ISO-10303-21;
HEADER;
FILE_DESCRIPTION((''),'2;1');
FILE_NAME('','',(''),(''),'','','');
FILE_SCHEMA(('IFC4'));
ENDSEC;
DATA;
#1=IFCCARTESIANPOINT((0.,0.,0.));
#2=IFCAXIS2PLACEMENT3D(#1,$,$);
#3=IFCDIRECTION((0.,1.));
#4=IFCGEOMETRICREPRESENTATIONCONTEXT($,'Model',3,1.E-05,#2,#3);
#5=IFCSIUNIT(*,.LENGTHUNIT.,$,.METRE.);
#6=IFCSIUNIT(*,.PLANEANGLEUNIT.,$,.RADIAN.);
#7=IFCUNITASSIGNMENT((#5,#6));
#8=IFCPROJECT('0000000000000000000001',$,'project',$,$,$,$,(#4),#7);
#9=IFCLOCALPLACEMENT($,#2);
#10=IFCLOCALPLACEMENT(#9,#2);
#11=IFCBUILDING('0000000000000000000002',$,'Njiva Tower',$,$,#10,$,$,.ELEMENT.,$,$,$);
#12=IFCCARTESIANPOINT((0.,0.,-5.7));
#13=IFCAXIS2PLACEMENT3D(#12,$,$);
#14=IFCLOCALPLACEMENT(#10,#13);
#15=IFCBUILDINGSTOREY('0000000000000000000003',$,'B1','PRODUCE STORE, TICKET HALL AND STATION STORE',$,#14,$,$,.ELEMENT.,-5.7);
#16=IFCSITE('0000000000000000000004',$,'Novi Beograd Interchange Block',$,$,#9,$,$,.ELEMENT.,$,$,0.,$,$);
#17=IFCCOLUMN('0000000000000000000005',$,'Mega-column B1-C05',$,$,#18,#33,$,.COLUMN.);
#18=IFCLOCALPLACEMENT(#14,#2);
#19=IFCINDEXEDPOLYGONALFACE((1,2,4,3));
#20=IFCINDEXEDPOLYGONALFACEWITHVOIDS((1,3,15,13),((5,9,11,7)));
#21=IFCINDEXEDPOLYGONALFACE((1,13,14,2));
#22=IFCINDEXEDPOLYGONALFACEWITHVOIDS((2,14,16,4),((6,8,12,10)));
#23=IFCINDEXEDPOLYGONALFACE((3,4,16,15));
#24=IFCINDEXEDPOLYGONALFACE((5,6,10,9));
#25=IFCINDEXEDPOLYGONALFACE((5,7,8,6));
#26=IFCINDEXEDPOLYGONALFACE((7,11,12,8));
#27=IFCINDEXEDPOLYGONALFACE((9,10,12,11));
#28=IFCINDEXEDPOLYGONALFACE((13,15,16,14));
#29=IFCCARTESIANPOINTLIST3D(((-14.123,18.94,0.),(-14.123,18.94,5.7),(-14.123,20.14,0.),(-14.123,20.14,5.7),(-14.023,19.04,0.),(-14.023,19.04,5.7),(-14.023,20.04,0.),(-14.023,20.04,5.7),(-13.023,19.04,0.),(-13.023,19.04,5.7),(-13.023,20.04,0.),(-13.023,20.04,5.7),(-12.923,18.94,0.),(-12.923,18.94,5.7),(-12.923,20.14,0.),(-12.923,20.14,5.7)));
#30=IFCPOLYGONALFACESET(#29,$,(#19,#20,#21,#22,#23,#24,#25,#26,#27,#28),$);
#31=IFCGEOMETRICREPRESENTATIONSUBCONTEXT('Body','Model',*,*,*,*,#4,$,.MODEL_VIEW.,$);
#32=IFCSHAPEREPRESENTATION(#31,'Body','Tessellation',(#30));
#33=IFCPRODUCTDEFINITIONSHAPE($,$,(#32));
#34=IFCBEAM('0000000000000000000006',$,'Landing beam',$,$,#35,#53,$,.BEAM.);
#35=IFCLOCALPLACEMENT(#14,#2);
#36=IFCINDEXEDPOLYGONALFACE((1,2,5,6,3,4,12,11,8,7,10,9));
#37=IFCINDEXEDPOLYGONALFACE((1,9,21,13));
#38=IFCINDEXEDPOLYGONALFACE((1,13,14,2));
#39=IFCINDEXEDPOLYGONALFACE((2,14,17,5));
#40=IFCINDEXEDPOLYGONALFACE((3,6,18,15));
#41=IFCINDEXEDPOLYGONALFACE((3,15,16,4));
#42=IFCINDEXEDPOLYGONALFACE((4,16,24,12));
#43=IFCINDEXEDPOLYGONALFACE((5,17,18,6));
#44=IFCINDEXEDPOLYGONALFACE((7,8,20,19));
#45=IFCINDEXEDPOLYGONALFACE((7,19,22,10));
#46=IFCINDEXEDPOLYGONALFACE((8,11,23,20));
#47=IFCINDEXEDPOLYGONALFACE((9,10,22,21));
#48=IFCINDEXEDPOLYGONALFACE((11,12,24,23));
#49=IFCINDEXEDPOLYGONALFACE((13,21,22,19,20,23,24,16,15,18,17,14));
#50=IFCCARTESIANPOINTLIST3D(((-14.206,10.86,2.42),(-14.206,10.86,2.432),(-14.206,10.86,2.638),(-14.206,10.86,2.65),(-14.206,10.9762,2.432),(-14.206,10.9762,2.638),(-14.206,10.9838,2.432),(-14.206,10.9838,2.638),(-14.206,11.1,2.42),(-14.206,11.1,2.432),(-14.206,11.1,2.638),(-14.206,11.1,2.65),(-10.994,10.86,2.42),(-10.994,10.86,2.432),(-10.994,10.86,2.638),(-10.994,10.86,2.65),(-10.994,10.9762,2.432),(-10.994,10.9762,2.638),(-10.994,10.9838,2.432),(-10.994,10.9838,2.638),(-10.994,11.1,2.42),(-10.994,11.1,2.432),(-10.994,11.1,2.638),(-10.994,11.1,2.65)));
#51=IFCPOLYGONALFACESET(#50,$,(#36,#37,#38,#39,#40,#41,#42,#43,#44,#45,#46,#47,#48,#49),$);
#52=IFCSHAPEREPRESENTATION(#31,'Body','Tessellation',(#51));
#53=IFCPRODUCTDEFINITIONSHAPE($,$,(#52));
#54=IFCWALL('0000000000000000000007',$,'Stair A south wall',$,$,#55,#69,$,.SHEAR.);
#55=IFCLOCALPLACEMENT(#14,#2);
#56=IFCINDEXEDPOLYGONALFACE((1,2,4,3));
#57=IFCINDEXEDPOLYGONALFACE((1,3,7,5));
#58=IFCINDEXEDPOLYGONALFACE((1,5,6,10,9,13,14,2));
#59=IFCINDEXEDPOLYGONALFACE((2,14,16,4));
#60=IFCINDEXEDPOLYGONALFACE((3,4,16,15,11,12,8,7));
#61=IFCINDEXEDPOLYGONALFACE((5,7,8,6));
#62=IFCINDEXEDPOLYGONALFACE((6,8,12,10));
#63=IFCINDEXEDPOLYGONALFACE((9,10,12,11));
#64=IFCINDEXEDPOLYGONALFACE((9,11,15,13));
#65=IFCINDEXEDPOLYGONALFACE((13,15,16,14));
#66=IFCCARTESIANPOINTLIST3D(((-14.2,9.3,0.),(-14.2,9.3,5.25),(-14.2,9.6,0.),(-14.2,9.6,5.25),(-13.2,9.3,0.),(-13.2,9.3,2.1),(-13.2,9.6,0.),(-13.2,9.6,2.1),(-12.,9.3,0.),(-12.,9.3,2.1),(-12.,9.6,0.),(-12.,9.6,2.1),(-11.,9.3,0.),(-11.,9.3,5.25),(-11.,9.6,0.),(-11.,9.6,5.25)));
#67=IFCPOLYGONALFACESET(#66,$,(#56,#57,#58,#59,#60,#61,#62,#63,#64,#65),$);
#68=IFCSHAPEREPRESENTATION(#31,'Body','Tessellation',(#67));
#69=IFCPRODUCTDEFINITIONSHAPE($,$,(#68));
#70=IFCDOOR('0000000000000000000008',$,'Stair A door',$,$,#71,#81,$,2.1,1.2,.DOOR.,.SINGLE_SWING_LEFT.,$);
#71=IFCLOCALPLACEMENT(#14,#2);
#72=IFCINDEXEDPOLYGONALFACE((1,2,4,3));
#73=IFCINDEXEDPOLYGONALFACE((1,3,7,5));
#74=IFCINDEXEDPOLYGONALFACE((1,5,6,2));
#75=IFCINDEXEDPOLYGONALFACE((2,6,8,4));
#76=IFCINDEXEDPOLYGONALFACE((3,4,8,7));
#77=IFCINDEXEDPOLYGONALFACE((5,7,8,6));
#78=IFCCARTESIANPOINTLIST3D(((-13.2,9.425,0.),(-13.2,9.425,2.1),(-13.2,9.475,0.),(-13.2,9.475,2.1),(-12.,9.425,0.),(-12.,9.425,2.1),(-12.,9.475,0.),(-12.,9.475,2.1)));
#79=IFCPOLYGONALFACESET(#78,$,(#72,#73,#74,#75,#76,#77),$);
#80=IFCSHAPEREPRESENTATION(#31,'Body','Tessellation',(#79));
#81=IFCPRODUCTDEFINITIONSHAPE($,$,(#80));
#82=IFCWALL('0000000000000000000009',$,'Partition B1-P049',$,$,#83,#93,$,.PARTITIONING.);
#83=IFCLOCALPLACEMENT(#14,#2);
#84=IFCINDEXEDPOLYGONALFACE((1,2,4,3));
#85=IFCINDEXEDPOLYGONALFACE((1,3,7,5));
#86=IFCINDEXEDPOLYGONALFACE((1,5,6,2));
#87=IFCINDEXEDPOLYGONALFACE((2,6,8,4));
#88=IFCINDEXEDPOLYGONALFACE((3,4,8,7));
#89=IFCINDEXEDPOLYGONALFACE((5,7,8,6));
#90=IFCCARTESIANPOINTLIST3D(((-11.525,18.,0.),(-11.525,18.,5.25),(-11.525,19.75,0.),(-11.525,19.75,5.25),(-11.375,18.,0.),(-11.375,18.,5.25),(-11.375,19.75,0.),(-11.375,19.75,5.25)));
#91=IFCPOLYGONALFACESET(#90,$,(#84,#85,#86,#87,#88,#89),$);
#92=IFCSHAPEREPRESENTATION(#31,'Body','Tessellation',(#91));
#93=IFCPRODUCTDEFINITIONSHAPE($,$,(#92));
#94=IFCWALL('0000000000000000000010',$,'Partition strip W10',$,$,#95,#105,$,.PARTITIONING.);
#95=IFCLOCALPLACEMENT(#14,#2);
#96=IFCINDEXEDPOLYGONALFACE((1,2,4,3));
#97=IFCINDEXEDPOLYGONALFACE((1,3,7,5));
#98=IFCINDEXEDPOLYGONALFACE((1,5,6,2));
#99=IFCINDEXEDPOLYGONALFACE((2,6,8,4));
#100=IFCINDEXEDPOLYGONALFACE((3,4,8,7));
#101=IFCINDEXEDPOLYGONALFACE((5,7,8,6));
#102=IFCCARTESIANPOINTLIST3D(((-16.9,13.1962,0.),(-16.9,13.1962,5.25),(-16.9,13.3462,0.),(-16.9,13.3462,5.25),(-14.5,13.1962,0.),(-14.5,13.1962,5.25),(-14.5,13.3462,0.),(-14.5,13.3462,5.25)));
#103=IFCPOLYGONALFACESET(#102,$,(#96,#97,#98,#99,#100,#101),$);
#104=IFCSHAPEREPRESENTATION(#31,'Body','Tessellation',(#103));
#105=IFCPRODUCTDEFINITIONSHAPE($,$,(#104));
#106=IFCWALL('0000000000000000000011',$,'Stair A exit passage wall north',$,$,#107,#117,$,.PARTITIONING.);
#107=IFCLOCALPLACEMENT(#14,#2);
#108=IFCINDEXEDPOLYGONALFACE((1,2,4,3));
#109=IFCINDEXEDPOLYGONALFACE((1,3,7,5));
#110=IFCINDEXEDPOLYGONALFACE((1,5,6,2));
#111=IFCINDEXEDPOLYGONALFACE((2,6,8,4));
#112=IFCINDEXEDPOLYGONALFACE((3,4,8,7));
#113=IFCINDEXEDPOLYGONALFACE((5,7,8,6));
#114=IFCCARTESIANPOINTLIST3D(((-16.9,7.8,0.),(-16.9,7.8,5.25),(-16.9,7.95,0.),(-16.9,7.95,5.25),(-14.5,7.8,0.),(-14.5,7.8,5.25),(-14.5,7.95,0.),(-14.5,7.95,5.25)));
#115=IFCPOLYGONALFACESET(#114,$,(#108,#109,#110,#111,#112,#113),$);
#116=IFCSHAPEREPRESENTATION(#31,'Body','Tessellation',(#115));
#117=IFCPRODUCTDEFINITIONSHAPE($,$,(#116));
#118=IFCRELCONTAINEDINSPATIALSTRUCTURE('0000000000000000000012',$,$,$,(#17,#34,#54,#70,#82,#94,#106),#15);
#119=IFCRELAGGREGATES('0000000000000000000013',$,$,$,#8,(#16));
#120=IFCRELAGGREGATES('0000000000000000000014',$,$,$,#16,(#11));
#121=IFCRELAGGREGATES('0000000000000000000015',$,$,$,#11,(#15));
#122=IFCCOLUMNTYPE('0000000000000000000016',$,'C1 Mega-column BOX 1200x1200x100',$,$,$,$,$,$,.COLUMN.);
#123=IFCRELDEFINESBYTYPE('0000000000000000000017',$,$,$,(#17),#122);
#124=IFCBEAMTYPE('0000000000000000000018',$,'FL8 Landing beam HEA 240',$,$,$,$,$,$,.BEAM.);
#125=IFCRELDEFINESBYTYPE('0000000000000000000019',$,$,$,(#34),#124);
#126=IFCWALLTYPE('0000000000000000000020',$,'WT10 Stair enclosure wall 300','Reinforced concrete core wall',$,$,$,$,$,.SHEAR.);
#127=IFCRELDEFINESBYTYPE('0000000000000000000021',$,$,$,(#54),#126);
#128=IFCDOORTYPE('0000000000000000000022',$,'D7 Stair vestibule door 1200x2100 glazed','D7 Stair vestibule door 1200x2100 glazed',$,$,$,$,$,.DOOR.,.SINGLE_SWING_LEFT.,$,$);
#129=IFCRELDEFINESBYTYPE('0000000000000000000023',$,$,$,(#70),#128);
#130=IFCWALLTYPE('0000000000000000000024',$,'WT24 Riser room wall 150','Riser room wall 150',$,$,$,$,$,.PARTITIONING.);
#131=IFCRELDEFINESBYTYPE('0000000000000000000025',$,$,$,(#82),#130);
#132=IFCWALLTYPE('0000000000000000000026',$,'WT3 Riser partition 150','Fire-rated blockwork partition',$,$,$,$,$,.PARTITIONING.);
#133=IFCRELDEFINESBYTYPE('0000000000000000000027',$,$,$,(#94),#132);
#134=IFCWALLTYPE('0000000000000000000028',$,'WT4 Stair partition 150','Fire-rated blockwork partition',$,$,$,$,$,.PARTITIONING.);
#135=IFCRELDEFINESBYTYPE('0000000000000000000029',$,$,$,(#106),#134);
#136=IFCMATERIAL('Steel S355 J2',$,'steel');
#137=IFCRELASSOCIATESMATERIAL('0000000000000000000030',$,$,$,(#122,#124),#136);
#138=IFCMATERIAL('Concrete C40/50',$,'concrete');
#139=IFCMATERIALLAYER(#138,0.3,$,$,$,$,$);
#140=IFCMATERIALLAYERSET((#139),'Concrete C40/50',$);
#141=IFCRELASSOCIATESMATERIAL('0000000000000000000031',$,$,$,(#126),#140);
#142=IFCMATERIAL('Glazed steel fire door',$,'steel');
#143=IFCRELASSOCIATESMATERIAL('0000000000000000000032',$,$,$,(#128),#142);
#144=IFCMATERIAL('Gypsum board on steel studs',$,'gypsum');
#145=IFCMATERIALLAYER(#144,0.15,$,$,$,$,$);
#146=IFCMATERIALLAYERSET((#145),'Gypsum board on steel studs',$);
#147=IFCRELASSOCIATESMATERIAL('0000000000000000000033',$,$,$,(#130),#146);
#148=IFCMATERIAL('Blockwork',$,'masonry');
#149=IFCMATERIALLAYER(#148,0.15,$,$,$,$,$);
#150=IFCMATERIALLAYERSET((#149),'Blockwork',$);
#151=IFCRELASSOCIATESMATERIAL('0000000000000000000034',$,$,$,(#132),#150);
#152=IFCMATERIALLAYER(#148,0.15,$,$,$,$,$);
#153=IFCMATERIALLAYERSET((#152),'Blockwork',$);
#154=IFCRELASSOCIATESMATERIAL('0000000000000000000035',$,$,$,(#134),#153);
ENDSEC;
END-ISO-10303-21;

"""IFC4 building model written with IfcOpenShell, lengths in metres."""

from ifc_helpers import new_model, si_unit, direction, frame, frame_2d, origin, origin_2d, place, context, subcontext, project, spatial, rectangle, hollow_rectangle, i_section, extrude, material, layer, layer_set, material_profile, profile_set, type_object, element, fill, save


model = new_model("IFC4")

# Units and contexts
model_context = context("Model", 3, precision=1e-05, world=origin(), true_north=direction((0.0, 1.0)))
body_context = subcontext(model_context, "Body", "Model", "MODEL_VIEW")
ifc_project = project(units=[si_unit("LENGTHUNIT", "METRE"), si_unit("PLANEANGLEUNIT", "RADIAN")], contexts=[model_context])

# Site, building, storey
site_placement = place(None, origin())
site = spatial("IfcSite", under=ifc_project, at=site_placement, Name="Novi Beograd Interchange Block", CompositionType="ELEMENT", RefElevation=0.0)
building_placement = place(site_placement, origin())
building = spatial("IfcBuilding", under=site, at=building_placement, Name="Njiva Tower", CompositionType="ELEMENT")
storey_placement = place(building_placement, frame((0.0, 0.0, -5.7)))
storey = spatial("IfcBuildingStorey", under=building, at=storey_placement, Name="B1", Description="PRODUCE STORE, TICKET HALL AND STATION STORE", CompositionType="ELEMENT", Elevation=-5.7)

# Column
ifc_material_1 = material(Name="Steel S355 J2", Category="steel")
ifc_material_profile_1 = material_profile(ifc_material_1, hollow_rectangle(XDim=1.2, YDim=1.2, WallThickness=0.1, at=origin_2d()), Name="BOX 1200x1200x100")
ifc_profile_set_1 = profile_set([ifc_material_profile_1], Name="Steel S355 J2")
column_type = type_object("IfcColumnType", Name="C1 Mega-column BOX 1200x1200x100", PredefinedType="COLUMN", material=ifc_profile_set_1)
column_placement = place(storey_placement, frame((-13.523, 19.54, 0.0), z_axis=(0.0, 0.0, 1.0), x_axis=(-1.0, 0.0, 0.0)))
element("IfcColumn", 1, at=column_placement, inside=storey, type_object=column_type, Name="Mega-column B1-C05", PredefinedType="COLUMN", context=body_context, shape_type="SweptSolid", body=[
    extrude(hollow_rectangle(XDim=1.2, YDim=1.2, WallThickness=0.1, at=origin_2d()), origin(), (0.0, 0.0, 1.0), 5.7),
])

# Beam
ifc_material_profile_2 = material_profile(ifc_material_1, i_section(OverallWidth=0.24, OverallDepth=0.23, WebThickness=0.0075, FlangeThickness=0.012, at=origin_2d()), Name="HEA240")
ifc_profile_set_2 = profile_set([ifc_material_profile_2], Name="Steel S355 J2")
beam_type = type_object("IfcBeamType", Name="FL8 Landing beam HEA 240", PredefinedType="BEAM", material=ifc_profile_set_2)
beam_placement = place(storey_placement, frame((-14.206, 10.98, 2.535), z_axis=(1.0, 0.0, 0.0), x_axis=(0.0, 1.0, 0.0)))
element("IfcBeam", 2, at=beam_placement, inside=storey, type_object=beam_type, Name="Landing beam", PredefinedType="BEAM", context=body_context, shape_type="SweptSolid", body=[
    extrude(i_section(OverallWidth=0.24, OverallDepth=0.23, WebThickness=0.0075, FlangeThickness=0.012, at=origin_2d()), origin(), (0.0, 0.0, 1.0), 3.212),
])

# Wall, opening, door
ifc_material_2 = material(Name="Concrete C40/50", Category="concrete")
ifc_layer_1 = layer(ifc_material_2, 0.3)
ifc_layer_set_1 = layer_set([ifc_layer_1], Name="Concrete C40/50")
wall_type_1 = type_object("IfcWallType", Name="WT10 Stair enclosure wall 300", Description="Reinforced concrete core wall", PredefinedType="SHEAR", material=ifc_layer_set_1)
wall_1_placement = place(storey_placement, frame((-14.2, 9.45, 0.0), z_axis=(0.0, 0.0, 1.0), x_axis=(1.0, 0.0, 0.0)))
wall_1 = element("IfcWall", 3, at=wall_1_placement, inside=storey, type_object=wall_type_1, Name="Stair A south wall", PredefinedType="SHEAR", context=body_context, shape_type="SweptSolid", body=[
    extrude(rectangle(XDim=3.2, YDim=0.3, at=frame_2d((1.6, 0.0))), origin(), (0.0, 0.0, 1.0), 5.25),
])
opening_placement = place(wall_1_placement, frame((1.0, 0.0, 0.0)))
opening = element("IfcOpeningElement", 4, at=opening_placement, cuts=wall_1, PredefinedType="OPENING", context=body_context, shape_type="SweptSolid", body=[
    extrude(rectangle(XDim=1.2, YDim=2.1, at=frame_2d((0.6, 1.05))), frame((0.0, 0.16, 0.0), z_axis=(0.0, -1.0, 0.0), x_axis=(1.0, 0.0, 0.0)), (0.0, 0.0, 1.0), 0.32),
])
ifc_material_3 = material(Name="Glazed steel fire door", Category="steel")
door_type = type_object("IfcDoorType", Name="D7 Stair vestibule door 1200x2100 glazed", Description="D7 Stair vestibule door 1200x2100 glazed", OperationType="SINGLE_SWING_LEFT", PredefinedType="DOOR", material=ifc_material_3)
door_placement = place(opening_placement, origin())
door = element("IfcDoor", 5, at=door_placement, inside=storey, type_object=door_type, Name="Stair A door", OperationType="SINGLE_SWING_LEFT", OverallHeight=2.1, OverallWidth=1.2, PredefinedType="DOOR", context=body_context, shape_type="SweptSolid", body=[
    extrude(rectangle(XDim=1.2, YDim=2.1, at=frame_2d((0.6, 1.05))), frame((0.0, 0.025, 0.0), z_axis=(0.0, -1.0, 0.0), x_axis=(1.0, 0.0, 0.0)), (0.0, 0.0, 1.0), 0.05),
])
fill(opening, door)

# Walls
ifc_material_4 = material(Name="Gypsum board on steel studs", Category="gypsum")
ifc_layer_2 = layer(ifc_material_4, 0.15)
ifc_layer_set_2 = layer_set([ifc_layer_2], Name="Gypsum board on steel studs")
wall_type_2 = type_object("IfcWallType", Name="WT24 Riser room wall 150", Description="Riser room wall 150", PredefinedType="PARTITIONING", material=ifc_layer_set_2)
wall_2_placement = place(storey_placement, frame((-11.45, 18.0, 0.0), z_axis=(0.0, 0.0, 1.0), x_axis=(0.0, 1.0, 0.0)))
element("IfcWall", 6, at=wall_2_placement, inside=storey, type_object=wall_type_2, Name="Partition B1-P049", PredefinedType="PARTITIONING", context=body_context, shape_type="SweptSolid", body=[
    extrude(rectangle(XDim=1.75, YDim=0.15, at=frame_2d((0.875, 0.0))), origin(), (0.0, 0.0, 1.0), 5.25),
])
ifc_material_5 = material(Name="Blockwork", Category="masonry")
ifc_layer_3 = layer(ifc_material_5, 0.15)
ifc_layer_set_3 = layer_set([ifc_layer_3], Name="Blockwork")
wall_type_3 = type_object("IfcWallType", Name="WT3 Riser partition 150", Description="Fire-rated blockwork partition", PredefinedType="PARTITIONING", material=ifc_layer_set_3)
wall_3_placement = place(storey_placement, frame((-16.9, 13.2712, 0.0), z_axis=(0.0, 0.0, 1.0), x_axis=(1.0, 0.0, 0.0)))
element("IfcWall", 7, at=wall_3_placement, inside=storey, type_object=wall_type_3, Name="Partition strip W10", PredefinedType="PARTITIONING", context=body_context, shape_type="SweptSolid", body=[
    extrude(rectangle(XDim=2.4, YDim=0.15, at=frame_2d((1.2, 0.0))), origin(), (0.0, 0.0, 1.0), 5.25),
])
ifc_layer_4 = layer(ifc_material_5, 0.15)
ifc_layer_set_4 = layer_set([ifc_layer_4], Name="Blockwork")
wall_type_4 = type_object("IfcWallType", Name="WT4 Stair partition 150", Description="Fire-rated blockwork partition", PredefinedType="PARTITIONING", material=ifc_layer_set_4)
wall_4_placement = place(storey_placement, frame((-16.9, 7.875, 0.0), z_axis=(0.0, 0.0, 1.0), x_axis=(1.0, 0.0, 0.0)))
element("IfcWall", 8, at=wall_4_placement, inside=storey, type_object=wall_type_4, Name="Stair A exit passage wall north", PredefinedType="PARTITIONING", context=body_context, shape_type="SweptSolid", body=[
    extrude(rectangle(XDim=2.4, YDim=0.15, at=frame_2d((1.2, 0.0))), origin(), (0.0, 0.0, 1.0), 5.25),
])

save(model, "model.ifc")
